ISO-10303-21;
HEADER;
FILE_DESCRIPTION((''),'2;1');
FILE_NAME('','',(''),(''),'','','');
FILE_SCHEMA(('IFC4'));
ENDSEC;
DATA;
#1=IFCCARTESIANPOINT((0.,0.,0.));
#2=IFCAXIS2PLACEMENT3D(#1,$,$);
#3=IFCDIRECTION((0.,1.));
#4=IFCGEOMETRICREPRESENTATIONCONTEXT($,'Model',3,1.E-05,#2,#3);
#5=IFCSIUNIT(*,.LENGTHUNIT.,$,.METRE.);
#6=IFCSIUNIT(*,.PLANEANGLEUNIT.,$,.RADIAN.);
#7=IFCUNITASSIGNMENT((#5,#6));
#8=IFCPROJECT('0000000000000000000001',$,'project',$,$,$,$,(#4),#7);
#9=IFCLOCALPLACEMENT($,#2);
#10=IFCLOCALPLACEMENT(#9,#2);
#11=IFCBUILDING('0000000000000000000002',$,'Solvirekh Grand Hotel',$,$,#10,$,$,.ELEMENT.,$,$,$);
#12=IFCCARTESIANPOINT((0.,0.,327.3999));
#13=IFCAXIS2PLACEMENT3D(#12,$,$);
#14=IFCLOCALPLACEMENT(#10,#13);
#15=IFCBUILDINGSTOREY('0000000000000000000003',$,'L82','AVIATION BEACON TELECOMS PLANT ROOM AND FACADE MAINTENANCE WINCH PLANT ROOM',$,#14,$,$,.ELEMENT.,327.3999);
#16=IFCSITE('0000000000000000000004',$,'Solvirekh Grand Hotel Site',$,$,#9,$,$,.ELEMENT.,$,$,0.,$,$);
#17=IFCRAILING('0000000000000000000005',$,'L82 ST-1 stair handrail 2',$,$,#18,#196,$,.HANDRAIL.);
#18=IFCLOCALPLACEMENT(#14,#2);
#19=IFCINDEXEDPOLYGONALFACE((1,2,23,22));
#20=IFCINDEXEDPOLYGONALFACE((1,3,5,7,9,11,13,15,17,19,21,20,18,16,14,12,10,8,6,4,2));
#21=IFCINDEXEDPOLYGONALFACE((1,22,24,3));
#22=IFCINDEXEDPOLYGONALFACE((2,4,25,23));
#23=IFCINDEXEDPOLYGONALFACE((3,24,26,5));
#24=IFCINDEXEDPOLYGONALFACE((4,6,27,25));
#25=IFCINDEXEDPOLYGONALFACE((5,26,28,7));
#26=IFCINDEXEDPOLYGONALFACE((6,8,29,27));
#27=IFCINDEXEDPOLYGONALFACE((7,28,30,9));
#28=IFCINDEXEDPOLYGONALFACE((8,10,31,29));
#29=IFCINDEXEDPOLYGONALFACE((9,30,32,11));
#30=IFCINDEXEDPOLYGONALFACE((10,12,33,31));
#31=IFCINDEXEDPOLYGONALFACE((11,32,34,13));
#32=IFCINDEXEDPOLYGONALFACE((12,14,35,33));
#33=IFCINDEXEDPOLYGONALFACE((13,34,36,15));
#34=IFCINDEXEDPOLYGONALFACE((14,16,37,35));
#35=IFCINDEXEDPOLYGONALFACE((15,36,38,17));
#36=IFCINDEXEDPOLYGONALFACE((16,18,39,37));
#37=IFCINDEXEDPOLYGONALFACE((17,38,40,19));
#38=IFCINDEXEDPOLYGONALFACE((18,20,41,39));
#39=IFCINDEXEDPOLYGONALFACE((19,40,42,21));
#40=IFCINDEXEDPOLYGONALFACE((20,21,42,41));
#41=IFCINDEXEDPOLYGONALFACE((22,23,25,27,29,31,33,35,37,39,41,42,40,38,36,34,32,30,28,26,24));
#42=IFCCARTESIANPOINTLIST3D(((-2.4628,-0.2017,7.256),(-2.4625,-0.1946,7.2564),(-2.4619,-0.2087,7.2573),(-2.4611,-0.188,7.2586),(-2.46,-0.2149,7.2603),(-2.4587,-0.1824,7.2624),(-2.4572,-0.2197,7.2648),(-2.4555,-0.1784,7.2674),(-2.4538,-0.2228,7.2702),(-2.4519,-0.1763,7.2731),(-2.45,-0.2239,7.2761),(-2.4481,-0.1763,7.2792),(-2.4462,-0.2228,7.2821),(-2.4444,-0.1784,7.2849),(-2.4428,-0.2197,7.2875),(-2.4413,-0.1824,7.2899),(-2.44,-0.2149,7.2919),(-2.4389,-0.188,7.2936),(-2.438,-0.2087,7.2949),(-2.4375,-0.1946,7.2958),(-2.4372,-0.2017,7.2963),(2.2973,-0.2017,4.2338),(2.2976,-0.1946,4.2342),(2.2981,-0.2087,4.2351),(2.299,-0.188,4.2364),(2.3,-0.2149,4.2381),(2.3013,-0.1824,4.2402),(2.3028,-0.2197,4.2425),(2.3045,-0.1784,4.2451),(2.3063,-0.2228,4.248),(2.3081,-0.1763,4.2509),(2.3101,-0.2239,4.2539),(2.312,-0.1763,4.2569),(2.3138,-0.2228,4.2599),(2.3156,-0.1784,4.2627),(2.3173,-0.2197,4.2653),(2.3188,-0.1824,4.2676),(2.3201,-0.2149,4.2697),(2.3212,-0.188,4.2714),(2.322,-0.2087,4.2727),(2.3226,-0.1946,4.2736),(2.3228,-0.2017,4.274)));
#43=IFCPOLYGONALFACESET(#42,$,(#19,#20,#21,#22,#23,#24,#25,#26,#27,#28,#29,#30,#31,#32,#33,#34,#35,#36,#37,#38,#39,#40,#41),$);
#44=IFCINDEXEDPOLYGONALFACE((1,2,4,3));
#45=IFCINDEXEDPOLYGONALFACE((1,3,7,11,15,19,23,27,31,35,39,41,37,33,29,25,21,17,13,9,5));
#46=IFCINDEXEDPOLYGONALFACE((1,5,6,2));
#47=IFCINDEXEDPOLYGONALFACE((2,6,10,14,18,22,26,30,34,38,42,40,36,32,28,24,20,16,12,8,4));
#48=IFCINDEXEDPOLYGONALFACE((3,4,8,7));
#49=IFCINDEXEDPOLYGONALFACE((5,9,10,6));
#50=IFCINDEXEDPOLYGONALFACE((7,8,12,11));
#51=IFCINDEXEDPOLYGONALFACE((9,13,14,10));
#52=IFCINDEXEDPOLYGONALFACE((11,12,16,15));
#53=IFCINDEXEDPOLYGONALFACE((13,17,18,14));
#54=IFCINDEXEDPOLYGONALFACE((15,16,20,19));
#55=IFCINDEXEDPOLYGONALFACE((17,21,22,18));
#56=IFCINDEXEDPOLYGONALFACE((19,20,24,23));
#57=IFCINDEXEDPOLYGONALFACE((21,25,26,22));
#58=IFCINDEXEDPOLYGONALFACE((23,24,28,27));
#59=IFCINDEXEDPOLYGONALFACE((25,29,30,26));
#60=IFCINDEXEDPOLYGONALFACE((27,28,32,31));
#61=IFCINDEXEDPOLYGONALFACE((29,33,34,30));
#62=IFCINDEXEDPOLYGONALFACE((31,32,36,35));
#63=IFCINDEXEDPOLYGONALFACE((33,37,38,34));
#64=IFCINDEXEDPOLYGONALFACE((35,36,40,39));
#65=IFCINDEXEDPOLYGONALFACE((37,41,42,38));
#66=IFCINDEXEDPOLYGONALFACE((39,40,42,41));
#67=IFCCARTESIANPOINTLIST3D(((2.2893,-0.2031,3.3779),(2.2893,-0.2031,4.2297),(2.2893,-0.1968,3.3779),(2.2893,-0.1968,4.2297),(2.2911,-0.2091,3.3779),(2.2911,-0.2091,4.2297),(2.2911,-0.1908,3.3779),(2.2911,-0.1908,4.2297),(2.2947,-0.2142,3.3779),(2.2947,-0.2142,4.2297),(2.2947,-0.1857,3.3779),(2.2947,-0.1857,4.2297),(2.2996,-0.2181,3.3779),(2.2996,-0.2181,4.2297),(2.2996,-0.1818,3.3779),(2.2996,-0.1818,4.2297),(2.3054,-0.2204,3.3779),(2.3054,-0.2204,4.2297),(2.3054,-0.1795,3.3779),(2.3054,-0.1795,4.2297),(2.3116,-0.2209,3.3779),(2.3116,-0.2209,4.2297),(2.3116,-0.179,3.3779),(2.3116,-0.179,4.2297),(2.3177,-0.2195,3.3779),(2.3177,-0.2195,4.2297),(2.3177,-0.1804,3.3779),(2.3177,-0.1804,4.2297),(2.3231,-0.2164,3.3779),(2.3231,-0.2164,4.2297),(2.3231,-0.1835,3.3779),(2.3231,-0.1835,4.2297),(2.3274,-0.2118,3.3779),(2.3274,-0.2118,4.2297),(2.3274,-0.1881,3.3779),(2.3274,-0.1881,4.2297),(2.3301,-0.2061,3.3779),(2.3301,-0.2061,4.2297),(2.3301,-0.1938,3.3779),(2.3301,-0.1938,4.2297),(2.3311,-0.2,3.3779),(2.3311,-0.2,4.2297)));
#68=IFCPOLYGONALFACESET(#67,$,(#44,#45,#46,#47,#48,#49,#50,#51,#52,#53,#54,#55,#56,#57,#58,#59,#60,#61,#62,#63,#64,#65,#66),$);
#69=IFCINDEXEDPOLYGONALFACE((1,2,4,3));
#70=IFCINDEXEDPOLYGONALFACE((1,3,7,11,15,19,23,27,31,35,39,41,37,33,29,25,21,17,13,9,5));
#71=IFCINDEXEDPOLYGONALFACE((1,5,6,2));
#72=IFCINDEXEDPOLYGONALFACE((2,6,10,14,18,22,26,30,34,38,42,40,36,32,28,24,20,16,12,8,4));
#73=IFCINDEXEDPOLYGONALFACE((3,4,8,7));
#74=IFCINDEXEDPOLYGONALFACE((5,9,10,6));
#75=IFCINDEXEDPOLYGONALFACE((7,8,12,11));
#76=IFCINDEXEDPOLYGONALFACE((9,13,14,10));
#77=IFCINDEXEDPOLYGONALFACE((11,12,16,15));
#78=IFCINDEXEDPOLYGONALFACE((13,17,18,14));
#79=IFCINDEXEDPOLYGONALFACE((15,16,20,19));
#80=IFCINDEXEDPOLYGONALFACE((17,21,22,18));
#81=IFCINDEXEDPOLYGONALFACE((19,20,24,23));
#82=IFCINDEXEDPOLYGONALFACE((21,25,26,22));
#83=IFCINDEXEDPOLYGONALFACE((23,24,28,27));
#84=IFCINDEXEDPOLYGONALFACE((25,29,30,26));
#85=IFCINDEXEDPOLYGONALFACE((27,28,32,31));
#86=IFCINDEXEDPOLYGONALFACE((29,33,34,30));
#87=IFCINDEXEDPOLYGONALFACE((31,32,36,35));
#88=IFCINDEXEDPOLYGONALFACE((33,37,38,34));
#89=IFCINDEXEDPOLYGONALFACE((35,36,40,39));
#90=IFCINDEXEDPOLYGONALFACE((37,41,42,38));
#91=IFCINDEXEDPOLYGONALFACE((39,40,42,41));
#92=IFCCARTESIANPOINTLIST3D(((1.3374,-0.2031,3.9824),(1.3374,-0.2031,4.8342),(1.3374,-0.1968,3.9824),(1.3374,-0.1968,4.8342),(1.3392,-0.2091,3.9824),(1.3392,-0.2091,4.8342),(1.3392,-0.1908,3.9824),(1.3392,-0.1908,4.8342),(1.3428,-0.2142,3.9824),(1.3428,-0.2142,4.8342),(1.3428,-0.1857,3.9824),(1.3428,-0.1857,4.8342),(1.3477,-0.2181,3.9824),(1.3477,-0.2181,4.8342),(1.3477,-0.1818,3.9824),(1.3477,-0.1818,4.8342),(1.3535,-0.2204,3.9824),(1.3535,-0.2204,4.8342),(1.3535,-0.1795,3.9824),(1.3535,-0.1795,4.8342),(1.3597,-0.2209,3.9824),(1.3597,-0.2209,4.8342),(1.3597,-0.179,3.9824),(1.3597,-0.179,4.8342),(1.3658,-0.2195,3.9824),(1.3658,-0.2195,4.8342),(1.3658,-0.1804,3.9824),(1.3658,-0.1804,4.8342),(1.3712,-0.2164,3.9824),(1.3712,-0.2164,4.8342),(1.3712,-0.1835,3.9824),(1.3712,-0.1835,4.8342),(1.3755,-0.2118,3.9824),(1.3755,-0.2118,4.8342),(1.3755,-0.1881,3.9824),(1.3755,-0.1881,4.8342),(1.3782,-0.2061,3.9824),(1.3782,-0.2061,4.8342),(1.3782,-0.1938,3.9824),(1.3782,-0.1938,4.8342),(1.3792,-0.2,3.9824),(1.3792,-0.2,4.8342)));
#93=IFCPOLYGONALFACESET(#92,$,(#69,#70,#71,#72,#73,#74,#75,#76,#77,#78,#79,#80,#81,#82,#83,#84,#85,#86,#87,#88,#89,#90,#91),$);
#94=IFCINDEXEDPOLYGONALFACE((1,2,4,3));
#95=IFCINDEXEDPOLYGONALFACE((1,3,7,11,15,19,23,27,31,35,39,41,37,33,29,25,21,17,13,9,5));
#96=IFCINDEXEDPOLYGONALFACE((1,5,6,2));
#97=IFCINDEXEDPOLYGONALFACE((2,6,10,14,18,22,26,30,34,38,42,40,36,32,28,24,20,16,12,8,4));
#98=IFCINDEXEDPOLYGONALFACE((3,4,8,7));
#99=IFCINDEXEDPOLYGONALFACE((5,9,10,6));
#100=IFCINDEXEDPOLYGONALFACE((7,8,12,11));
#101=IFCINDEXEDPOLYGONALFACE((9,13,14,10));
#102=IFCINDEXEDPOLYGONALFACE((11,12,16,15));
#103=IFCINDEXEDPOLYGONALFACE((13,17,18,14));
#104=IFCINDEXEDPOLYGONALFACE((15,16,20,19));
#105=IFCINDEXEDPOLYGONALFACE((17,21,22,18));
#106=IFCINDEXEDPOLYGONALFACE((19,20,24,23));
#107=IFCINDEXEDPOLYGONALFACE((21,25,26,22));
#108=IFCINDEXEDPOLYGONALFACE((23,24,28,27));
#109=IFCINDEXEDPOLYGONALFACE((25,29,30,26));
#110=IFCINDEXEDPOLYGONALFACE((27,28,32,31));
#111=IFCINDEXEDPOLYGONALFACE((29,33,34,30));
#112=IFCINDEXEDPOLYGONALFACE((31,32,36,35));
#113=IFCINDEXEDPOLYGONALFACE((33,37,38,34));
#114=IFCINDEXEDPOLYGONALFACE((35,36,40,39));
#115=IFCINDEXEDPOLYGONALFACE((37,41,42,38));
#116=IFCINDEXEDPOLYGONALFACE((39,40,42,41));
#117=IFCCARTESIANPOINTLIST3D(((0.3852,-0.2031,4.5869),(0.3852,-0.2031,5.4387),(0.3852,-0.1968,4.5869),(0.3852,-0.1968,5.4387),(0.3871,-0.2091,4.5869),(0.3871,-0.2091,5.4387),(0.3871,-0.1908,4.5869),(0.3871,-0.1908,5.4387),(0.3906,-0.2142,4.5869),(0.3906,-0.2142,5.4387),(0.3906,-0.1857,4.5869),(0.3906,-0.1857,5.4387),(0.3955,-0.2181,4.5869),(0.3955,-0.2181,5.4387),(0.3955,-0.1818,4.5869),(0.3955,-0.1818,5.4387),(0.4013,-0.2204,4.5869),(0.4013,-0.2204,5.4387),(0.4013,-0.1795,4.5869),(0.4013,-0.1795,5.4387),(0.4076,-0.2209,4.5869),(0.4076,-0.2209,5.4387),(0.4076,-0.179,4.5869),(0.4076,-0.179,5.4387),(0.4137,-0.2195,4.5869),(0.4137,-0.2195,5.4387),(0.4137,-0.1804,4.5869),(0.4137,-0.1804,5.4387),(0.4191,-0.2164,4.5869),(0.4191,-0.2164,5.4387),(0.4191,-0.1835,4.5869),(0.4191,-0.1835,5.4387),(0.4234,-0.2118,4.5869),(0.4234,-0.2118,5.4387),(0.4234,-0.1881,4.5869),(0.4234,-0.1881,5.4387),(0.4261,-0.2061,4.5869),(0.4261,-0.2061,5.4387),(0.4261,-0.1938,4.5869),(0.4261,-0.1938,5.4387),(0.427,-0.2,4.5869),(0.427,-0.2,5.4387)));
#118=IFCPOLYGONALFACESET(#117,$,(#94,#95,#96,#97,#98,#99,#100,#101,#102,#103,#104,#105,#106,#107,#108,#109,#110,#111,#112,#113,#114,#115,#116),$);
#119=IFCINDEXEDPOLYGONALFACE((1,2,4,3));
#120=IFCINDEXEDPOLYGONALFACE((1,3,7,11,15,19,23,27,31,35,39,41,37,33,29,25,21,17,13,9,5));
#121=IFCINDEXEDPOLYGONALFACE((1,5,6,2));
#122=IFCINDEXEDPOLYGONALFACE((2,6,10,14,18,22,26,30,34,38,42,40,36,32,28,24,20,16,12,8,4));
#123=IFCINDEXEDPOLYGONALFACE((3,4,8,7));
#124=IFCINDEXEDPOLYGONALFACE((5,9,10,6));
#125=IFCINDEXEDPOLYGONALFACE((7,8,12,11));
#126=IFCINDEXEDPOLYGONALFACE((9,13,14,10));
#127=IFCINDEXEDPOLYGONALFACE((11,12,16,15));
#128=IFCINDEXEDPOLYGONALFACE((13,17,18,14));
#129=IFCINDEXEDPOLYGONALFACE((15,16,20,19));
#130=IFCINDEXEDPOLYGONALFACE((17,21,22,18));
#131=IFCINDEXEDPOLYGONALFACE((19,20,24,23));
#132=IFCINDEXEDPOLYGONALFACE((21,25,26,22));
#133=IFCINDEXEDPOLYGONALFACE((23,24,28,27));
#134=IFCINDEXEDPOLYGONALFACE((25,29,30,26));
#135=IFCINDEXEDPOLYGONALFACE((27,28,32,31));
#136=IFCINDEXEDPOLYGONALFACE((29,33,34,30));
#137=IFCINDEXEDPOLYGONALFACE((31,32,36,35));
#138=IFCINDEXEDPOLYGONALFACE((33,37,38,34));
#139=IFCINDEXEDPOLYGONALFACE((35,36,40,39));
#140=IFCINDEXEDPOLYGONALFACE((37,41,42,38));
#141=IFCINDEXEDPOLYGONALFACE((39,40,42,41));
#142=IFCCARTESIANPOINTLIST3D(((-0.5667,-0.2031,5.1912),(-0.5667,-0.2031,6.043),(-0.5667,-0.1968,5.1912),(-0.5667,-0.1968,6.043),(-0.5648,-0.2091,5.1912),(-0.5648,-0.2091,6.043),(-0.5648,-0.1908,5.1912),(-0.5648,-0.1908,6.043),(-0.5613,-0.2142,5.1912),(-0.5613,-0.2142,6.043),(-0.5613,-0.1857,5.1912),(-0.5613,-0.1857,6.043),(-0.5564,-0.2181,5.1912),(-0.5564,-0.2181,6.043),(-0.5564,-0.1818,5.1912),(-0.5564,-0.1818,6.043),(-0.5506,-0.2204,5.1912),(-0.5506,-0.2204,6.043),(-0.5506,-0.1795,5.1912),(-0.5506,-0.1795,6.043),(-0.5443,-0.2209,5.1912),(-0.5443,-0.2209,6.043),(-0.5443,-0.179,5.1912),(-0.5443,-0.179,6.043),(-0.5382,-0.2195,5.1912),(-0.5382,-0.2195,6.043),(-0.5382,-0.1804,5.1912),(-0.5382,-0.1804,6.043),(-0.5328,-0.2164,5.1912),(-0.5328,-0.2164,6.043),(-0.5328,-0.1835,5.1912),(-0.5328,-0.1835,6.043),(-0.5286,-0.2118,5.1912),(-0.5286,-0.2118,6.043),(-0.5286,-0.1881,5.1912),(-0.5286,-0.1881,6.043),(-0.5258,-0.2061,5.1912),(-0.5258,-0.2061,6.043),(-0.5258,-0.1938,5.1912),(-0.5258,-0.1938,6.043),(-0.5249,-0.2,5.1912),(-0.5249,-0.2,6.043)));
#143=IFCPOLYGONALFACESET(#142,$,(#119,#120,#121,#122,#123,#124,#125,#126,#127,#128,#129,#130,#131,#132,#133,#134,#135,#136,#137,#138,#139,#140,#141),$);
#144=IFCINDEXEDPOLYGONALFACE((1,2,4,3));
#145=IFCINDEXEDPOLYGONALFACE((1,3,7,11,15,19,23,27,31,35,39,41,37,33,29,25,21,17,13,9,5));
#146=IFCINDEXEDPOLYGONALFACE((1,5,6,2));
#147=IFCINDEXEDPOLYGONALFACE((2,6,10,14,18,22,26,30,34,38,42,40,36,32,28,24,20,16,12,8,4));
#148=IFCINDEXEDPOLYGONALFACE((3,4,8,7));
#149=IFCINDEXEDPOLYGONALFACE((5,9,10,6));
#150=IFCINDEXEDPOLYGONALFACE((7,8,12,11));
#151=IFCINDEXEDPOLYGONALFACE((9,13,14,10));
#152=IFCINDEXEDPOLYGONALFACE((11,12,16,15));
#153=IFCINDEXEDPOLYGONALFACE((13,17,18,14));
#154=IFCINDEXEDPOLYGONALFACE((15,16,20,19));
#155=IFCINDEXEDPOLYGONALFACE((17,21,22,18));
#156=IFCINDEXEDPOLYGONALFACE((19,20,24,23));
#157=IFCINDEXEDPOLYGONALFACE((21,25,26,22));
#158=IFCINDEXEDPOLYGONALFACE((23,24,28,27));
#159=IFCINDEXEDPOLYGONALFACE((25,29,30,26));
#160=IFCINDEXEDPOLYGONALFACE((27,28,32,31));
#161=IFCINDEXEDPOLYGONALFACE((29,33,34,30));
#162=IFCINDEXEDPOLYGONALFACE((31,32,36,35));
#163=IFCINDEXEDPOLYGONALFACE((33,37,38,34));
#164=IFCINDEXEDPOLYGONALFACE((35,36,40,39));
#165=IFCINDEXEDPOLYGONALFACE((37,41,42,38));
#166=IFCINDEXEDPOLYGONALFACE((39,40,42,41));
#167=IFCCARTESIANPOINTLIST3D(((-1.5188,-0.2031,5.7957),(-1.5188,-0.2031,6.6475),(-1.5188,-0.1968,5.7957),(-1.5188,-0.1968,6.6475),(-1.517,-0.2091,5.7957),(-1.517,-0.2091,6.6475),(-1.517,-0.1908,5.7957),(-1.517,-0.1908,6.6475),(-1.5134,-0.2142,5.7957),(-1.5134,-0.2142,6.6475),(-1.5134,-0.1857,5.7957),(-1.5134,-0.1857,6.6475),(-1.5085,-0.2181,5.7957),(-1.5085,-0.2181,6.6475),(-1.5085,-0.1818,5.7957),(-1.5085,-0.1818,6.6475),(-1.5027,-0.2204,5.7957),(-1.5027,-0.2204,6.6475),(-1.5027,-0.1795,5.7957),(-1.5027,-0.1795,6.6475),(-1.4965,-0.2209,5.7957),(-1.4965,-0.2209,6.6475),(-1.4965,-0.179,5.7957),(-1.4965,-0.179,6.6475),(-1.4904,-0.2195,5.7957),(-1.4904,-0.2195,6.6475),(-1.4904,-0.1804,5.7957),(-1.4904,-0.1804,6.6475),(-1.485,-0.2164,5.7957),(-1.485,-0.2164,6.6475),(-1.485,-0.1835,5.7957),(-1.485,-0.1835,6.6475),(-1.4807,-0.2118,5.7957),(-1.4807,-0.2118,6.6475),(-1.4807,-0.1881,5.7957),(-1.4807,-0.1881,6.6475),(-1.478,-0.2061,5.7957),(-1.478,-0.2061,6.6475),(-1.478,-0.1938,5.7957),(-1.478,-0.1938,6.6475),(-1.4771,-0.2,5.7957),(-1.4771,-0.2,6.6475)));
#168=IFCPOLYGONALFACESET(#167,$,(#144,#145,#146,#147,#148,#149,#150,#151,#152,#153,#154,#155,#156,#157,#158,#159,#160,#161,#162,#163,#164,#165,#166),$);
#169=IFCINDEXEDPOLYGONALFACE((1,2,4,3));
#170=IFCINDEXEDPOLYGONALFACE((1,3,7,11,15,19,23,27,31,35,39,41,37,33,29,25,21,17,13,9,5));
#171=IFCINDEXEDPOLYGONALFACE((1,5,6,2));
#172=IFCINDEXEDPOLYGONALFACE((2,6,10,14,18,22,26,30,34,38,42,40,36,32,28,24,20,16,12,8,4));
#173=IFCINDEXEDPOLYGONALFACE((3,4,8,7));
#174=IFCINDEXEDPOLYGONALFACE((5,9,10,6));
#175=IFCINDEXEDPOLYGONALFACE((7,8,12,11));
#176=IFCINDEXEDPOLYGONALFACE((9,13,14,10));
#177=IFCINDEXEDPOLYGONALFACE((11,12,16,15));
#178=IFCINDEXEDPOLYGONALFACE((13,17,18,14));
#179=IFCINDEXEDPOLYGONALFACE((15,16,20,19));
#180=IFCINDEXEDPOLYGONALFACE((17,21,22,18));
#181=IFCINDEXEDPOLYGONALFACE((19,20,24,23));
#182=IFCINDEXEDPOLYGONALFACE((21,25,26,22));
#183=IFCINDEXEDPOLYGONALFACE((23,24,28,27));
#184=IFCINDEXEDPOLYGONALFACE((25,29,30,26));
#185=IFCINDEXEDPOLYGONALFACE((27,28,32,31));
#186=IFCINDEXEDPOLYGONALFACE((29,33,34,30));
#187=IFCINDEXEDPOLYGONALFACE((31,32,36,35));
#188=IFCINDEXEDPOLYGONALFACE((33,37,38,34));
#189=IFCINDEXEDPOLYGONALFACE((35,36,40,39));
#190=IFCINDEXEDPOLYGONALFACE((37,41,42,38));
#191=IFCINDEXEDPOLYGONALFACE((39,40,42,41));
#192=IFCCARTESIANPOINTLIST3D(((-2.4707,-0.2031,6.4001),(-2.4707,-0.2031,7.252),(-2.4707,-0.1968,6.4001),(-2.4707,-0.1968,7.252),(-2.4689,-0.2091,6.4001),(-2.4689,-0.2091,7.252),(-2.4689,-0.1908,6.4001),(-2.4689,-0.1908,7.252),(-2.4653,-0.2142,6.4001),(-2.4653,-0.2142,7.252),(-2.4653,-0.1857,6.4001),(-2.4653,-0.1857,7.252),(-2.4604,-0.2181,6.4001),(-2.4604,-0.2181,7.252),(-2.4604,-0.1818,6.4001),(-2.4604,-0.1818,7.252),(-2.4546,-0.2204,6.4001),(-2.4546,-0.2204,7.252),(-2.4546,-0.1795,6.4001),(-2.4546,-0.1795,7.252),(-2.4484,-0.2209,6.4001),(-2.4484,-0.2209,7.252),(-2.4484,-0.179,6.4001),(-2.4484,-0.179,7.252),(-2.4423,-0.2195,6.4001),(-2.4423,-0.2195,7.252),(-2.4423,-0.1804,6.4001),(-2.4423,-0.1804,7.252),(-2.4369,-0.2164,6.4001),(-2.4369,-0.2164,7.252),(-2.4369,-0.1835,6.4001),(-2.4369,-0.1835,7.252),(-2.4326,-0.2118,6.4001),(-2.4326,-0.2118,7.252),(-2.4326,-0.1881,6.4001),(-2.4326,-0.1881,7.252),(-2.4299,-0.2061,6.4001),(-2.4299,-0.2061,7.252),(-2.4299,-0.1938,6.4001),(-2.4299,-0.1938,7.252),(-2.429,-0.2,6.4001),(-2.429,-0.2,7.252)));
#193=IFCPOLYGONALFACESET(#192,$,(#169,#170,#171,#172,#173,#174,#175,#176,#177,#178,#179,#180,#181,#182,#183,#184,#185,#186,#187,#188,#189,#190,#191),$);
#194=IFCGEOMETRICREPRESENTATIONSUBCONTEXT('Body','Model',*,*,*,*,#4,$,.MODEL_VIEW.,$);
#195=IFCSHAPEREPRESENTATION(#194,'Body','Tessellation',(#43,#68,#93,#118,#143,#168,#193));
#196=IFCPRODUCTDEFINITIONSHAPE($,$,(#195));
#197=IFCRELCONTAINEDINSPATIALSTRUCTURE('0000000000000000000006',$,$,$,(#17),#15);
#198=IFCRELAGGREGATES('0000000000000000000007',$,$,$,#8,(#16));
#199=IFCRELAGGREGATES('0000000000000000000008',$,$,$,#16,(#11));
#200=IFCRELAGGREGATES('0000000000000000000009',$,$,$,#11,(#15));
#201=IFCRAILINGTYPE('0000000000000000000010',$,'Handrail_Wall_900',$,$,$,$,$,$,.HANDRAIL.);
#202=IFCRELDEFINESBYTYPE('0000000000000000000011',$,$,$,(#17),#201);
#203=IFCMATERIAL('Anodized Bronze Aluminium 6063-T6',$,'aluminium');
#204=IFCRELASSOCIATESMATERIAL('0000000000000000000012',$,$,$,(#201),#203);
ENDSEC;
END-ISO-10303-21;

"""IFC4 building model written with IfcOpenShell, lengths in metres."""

from ifc_helpers import new_model, si_unit, direction, frame, origin, origin_2d, place, context, subcontext, project, spatial, circle, extrude, material, type_object, element, save


model = new_model("IFC4")

# Units and contexts
model_context = context("Model", 3, precision=1e-05, world=origin(), true_north=direction((0.0, 1.0)))
body_context = subcontext(model_context, "Body", "Model", "MODEL_VIEW")
ifc_project = project(units=[si_unit("LENGTHUNIT", "METRE"), si_unit("PLANEANGLEUNIT", "RADIAN")], contexts=[model_context])

# Site, building, storey
site_placement = place(None, origin())
site = spatial("IfcSite", under=ifc_project, at=site_placement, Name="Solvirekh Grand Hotel Site", CompositionType="ELEMENT", RefElevation=0.0)
building_placement = place(site_placement, origin())
building = spatial("IfcBuilding", under=site, at=building_placement, Name="Solvirekh Grand Hotel", CompositionType="ELEMENT")
storey_placement = place(building_placement, frame((0.0, 0.0, 327.3999)))
storey = spatial("IfcBuildingStorey", under=building, at=storey_placement, Name="L82", Description="AVIATION BEACON TELECOMS PLANT ROOM AND FACADE MAINTENANCE WINCH PLANT ROOM", CompositionType="ELEMENT", Elevation=327.3999)

# Shared definitions
ifc_material_1 = material(Name="Anodized Bronze Aluminium 6063-T6", Category="aluminium")

# Railing
railing_type_1 = type_object("IfcRailingType", Name="Handrail_Wall_900", PredefinedType="HANDRAIL", material=ifc_material_1)
railing_1_placement = place(storey_placement, frame((2.3101, -0.2, 3.3779)))
element("IfcRailing", 1, at=railing_1_placement, inside=storey, type_object=railing_type_1, Name="L82 ST-1 stair handrail 2", PredefinedType="HANDRAIL", context=body_context, shape_type="SweptSolid", body=[
    extrude(circle(Radius=0.0239, at=origin_2d()), frame((0.0, 0.0, 0.876), z_axis=(-0.844214, 0.0, 0.536007), x_axis=(0.0, -1.0, 0.0)), (0.0, 0.0, 1.0), 5.6384),
    extrude(circle(Radius=0.021, at=origin_2d()), origin(), (0.0, 0.0, 1.0), 0.8518),
    extrude(circle(Radius=0.021, at=origin_2d()), frame((-0.9519, 0.0, 0.6045)), (0.0, 0.0, 1.0), 0.8518),
    extrude(circle(Radius=0.021, at=origin_2d()), frame((-1.9041, 0.0, 1.209)), (0.0, 0.0, 1.0), 0.8518),
    extrude(circle(Radius=0.021, at=origin_2d()), frame((-2.856, 0.0, 1.8132)), (0.0, 0.0, 1.0), 0.8518),
    extrude(circle(Radius=0.021, at=origin_2d()), frame((-3.8081, 0.0, 2.4177)), (0.0, 0.0, 1.0), 0.8518),
    extrude(circle(Radius=0.021, at=origin_2d()), frame((-4.76, 0.0, 3.0222)), (0.0, 0.0, 1.0), 0.8518),
])

save(model, "model.ifc")
